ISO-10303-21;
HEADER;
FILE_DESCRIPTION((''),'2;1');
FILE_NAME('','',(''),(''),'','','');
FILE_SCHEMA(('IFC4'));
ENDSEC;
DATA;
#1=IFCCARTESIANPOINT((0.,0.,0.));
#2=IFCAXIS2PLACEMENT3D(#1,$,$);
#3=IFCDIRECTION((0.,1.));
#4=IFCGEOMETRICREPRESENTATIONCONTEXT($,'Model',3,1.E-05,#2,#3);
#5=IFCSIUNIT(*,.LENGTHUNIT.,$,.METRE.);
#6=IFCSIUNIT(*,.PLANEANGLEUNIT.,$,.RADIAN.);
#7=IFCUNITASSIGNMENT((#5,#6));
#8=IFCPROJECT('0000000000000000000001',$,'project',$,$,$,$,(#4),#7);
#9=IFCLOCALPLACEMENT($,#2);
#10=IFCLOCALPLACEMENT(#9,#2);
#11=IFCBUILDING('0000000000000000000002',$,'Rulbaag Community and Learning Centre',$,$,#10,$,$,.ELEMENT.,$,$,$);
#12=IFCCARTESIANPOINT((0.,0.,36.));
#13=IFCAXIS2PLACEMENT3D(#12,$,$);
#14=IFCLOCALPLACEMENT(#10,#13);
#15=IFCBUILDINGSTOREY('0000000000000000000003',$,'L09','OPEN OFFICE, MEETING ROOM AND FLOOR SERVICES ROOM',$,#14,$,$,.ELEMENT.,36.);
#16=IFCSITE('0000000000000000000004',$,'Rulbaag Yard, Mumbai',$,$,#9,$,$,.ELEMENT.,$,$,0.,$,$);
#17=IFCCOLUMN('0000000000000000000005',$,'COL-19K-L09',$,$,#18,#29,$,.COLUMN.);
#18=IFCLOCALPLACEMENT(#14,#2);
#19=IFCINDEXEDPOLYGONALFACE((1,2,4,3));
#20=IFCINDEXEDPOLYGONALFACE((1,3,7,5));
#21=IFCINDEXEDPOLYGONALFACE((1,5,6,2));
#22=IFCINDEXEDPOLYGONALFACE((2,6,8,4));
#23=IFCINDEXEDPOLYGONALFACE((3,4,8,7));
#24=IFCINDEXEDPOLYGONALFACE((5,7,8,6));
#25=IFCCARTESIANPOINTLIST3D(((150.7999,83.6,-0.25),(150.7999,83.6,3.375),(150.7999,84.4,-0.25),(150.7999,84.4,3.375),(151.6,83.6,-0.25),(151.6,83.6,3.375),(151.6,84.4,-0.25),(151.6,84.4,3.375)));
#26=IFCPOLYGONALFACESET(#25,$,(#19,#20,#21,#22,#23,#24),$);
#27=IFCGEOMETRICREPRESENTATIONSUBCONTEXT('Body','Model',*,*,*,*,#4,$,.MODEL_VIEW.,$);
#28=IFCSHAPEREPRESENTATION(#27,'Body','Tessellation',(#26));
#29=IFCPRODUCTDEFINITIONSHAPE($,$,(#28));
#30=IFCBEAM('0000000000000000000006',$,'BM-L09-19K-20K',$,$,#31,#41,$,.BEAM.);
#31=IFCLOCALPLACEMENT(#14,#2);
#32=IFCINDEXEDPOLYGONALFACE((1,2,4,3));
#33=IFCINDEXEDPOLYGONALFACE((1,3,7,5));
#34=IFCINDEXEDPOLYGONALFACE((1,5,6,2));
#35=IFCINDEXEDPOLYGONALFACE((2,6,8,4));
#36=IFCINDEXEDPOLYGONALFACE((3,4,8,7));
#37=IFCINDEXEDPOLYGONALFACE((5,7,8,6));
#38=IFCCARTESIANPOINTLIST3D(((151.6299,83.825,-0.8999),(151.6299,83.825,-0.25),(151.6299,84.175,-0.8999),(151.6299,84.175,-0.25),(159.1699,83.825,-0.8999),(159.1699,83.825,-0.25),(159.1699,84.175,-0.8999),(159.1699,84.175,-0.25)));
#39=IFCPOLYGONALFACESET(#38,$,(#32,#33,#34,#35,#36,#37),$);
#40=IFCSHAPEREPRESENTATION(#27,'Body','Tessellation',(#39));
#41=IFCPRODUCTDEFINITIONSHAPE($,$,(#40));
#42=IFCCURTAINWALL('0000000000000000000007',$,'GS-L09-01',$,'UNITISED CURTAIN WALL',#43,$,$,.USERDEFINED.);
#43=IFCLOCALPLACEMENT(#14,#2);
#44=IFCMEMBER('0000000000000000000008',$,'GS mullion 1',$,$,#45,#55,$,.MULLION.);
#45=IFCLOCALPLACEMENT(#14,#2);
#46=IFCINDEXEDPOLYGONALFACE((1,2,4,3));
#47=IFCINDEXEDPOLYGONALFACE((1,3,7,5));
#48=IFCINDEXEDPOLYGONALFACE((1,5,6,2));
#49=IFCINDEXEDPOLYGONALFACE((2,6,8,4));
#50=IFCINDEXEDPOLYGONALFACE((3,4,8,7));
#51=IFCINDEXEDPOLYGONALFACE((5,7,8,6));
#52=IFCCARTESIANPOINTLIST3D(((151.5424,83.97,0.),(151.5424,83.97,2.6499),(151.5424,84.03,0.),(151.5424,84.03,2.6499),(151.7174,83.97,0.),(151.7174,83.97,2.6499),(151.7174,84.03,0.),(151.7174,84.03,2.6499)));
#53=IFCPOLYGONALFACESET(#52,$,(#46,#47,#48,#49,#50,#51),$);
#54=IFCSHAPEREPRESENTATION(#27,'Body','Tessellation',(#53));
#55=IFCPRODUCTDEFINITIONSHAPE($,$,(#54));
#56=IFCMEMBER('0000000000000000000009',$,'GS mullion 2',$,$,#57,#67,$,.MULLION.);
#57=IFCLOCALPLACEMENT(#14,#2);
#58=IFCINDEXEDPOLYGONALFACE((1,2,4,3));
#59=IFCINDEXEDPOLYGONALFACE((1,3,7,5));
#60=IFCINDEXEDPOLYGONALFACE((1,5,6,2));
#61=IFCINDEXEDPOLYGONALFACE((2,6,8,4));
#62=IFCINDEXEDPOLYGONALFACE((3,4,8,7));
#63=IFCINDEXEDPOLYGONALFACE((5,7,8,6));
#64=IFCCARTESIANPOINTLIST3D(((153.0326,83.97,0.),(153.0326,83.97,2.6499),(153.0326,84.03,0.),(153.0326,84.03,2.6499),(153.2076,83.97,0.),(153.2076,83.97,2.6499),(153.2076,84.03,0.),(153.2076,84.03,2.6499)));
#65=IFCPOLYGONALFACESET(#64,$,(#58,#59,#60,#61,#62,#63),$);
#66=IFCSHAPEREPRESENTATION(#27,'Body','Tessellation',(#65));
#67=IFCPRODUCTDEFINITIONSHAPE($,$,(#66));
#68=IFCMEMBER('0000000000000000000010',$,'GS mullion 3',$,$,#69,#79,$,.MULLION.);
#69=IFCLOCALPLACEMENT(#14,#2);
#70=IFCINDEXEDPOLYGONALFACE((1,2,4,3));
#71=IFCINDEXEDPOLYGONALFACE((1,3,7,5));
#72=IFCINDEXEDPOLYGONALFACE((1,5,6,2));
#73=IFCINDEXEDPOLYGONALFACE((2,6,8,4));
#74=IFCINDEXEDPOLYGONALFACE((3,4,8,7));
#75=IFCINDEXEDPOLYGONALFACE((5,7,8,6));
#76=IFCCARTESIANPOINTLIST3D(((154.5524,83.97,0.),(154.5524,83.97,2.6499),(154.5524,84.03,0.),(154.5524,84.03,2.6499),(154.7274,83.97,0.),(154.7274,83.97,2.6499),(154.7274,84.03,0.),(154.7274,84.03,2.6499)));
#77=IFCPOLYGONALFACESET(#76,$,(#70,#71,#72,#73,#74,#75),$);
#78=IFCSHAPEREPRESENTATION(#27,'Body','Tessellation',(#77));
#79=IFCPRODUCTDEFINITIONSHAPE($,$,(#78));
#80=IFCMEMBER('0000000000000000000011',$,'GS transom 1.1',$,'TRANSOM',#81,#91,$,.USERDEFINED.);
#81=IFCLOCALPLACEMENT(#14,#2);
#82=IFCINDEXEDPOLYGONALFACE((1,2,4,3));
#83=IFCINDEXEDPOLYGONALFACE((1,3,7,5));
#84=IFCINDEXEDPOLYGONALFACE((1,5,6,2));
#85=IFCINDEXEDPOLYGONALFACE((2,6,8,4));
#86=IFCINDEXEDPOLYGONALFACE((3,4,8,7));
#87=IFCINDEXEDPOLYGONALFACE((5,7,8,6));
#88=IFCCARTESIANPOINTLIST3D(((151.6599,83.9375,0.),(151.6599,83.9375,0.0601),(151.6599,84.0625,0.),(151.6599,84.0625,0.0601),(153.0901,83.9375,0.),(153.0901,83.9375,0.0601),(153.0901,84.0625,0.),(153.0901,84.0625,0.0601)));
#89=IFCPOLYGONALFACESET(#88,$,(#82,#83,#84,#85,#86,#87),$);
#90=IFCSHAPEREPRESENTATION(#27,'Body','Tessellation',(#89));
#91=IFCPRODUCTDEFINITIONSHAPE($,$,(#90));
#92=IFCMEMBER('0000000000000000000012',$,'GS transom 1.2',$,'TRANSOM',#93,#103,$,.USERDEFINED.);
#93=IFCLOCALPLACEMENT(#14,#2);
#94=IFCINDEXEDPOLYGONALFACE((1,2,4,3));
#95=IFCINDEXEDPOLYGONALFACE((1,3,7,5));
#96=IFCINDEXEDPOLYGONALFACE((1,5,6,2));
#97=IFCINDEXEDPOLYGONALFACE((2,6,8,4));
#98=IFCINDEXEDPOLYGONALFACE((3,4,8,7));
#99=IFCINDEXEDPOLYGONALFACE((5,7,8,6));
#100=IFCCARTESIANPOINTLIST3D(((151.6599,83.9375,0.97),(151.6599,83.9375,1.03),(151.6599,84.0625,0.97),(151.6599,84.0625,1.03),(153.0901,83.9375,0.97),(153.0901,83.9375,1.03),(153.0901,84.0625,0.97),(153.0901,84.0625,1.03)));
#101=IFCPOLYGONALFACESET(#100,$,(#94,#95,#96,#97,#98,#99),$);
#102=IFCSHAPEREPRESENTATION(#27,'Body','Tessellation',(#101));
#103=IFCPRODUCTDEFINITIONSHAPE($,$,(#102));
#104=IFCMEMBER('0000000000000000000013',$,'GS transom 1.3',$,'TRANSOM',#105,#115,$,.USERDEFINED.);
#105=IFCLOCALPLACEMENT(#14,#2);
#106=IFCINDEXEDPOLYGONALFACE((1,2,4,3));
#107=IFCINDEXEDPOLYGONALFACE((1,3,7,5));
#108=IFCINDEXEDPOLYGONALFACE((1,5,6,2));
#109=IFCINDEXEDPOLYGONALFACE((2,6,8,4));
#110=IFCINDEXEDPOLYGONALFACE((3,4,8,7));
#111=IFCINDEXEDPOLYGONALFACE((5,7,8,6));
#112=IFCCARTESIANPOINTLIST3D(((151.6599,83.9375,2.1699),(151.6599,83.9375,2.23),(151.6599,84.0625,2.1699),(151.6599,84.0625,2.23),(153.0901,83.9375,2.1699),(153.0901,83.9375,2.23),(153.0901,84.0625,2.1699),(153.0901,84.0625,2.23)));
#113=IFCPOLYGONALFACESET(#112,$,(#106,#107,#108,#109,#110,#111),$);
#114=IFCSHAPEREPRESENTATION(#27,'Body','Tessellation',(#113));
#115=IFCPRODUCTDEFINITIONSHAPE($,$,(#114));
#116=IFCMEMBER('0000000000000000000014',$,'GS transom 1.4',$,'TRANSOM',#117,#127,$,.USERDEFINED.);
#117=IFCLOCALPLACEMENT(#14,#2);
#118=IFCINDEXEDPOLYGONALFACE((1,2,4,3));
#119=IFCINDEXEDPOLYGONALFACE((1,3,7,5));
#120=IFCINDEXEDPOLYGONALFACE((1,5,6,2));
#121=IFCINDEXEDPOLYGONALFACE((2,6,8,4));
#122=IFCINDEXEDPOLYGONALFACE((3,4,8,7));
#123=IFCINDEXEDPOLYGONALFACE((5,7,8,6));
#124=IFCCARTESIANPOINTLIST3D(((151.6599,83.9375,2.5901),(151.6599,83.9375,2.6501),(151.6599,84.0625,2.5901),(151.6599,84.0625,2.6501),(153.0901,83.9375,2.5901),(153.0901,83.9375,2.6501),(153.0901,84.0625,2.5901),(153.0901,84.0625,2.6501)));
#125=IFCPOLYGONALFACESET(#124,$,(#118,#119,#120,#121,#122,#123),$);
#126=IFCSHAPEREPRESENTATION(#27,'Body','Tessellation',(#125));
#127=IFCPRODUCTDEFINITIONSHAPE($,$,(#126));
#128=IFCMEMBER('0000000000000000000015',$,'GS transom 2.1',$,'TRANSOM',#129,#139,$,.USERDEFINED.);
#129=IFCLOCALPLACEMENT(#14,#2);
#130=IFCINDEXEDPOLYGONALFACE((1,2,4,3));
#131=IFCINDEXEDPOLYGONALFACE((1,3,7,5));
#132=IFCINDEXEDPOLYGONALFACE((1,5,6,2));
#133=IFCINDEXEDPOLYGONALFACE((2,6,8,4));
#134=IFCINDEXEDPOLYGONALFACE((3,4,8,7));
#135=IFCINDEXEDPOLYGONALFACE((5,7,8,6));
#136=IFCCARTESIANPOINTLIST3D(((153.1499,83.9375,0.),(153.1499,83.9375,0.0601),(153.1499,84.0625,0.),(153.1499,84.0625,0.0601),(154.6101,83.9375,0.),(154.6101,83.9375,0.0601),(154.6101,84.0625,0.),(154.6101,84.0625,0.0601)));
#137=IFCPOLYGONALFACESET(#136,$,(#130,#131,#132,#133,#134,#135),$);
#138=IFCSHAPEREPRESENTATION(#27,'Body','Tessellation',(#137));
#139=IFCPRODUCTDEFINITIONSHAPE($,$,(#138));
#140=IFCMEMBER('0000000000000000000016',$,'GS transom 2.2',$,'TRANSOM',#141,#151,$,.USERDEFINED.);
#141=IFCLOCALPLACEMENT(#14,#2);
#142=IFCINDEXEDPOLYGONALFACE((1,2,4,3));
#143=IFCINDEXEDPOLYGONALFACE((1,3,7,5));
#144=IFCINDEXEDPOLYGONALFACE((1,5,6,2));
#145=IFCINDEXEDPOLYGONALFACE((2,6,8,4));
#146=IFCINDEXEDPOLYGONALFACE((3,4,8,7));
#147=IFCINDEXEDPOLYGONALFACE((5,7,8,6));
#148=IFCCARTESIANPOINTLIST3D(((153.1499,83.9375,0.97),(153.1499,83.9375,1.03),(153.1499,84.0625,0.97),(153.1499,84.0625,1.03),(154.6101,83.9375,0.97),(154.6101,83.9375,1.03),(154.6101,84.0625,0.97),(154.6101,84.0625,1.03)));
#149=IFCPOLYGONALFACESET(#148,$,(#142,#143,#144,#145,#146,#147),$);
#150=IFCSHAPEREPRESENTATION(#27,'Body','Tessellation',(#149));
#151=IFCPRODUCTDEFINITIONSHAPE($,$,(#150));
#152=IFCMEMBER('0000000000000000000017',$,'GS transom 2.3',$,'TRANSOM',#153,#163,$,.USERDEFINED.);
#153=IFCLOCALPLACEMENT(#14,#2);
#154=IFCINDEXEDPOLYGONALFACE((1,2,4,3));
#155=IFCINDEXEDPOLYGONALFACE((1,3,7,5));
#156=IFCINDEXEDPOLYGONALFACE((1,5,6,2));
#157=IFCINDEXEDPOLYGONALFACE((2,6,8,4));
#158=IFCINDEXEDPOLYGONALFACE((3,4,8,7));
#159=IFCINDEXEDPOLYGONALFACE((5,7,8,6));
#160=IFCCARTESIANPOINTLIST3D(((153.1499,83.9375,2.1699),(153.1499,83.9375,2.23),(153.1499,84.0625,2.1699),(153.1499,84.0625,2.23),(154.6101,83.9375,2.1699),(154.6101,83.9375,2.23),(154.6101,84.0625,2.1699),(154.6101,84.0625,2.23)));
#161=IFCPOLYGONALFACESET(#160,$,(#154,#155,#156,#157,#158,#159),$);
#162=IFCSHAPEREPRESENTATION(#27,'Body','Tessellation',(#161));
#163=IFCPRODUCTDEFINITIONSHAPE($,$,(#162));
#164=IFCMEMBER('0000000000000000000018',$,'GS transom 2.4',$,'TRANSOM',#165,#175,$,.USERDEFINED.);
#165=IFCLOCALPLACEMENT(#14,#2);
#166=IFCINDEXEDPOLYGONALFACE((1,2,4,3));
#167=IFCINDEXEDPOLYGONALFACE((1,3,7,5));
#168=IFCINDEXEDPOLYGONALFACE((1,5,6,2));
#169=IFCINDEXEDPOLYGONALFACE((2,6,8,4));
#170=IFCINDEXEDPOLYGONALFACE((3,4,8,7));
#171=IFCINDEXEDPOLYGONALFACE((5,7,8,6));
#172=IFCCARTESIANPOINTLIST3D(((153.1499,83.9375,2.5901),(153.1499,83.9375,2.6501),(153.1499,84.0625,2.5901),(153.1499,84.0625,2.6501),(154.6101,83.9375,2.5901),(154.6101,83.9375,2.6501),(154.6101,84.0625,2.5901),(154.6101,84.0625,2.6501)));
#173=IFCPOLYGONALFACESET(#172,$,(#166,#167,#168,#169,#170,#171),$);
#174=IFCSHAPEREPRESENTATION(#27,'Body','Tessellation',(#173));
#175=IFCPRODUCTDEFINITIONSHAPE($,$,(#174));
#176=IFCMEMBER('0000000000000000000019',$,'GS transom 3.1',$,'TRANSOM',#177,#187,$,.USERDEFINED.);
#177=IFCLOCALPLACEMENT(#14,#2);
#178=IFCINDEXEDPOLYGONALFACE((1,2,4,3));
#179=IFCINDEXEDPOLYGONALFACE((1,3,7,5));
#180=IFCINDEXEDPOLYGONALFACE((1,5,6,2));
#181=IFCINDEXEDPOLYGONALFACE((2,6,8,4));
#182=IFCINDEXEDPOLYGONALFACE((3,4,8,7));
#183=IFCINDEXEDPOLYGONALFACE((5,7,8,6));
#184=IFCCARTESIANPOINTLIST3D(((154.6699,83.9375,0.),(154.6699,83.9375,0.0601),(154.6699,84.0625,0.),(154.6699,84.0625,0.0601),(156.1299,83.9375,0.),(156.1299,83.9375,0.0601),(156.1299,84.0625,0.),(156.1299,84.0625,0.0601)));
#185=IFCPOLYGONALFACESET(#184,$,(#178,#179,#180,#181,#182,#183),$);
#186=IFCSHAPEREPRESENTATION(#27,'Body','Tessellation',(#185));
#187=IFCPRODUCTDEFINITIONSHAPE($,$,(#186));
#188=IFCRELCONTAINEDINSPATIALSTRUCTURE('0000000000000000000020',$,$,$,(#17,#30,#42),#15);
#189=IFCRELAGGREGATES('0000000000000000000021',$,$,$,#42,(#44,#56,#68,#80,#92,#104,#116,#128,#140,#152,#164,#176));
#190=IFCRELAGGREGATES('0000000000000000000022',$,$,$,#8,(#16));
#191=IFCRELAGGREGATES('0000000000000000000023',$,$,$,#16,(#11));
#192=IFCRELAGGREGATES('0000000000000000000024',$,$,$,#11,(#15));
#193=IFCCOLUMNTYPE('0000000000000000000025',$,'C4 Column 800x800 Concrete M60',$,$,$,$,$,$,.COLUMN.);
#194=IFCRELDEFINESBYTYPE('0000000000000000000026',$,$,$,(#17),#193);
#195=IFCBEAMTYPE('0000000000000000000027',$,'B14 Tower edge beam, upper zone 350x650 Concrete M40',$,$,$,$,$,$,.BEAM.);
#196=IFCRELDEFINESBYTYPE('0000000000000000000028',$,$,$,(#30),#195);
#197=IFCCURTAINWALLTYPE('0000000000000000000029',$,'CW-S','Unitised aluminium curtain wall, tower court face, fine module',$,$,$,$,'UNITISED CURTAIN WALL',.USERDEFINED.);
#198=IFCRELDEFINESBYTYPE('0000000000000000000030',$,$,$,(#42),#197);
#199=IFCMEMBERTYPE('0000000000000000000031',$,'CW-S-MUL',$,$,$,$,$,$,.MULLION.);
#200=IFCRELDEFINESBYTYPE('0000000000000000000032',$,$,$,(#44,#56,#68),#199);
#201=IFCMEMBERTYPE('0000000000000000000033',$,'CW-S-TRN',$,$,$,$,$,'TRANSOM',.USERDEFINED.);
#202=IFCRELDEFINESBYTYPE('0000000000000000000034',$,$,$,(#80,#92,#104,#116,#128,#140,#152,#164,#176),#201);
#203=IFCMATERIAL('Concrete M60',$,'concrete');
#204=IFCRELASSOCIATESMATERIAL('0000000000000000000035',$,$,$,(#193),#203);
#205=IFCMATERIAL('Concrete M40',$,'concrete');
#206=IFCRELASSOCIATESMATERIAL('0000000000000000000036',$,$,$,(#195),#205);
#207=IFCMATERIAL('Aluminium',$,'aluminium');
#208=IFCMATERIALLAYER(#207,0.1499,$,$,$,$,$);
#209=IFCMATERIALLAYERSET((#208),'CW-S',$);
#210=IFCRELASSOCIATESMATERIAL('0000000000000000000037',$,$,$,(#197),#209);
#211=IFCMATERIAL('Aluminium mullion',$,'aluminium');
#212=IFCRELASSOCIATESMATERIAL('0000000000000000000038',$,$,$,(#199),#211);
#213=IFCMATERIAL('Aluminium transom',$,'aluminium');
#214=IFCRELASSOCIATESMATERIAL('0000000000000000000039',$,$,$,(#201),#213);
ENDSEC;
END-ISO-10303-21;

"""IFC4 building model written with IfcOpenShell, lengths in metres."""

from ifc_helpers import new_model, si_unit, direction, frame, origin, origin_2d, place, context, subcontext, project, spatial, rectangle, extrude, material, layer, layer_set, material_profile, profile_set, type_object, element, aggregate, save


model = new_model("IFC4")

# Units and contexts
model_context = context("Model", 3, precision=1e-05, world=origin(), true_north=direction((0.0, 1.0)))
body_context = subcontext(model_context, "Body", "Model", "MODEL_VIEW")
ifc_project = project(units=[si_unit("LENGTHUNIT", "METRE"), si_unit("PLANEANGLEUNIT", "RADIAN")], contexts=[model_context])

# Site, building, storey
site_placement = place(None, origin())
site = spatial("IfcSite", under=ifc_project, at=site_placement, Name="Rulbaag Yard, Mumbai", CompositionType="ELEMENT", RefElevation=0.0)
building_placement = place(site_placement, origin())
building = spatial("IfcBuilding", under=site, at=building_placement, Name="Rulbaag Community and Learning Centre", CompositionType="ELEMENT")
storey_placement = place(building_placement, frame((0.0, 0.0, 36.0)))
storey = spatial("IfcBuildingStorey", under=building, at=storey_placement, Name="L09", Description="OPEN OFFICE, MEETING ROOM AND FLOOR SERVICES ROOM", CompositionType="ELEMENT", Elevation=36.0)

# Column
ifc_material_1 = material(Name="Concrete M60", Category="concrete")
ifc_material_profile_1 = material_profile(ifc_material_1, rectangle(XDim=0.8, YDim=0.8, at=origin_2d()), Name="RC800x800")
ifc_profile_set_1 = profile_set([ifc_material_profile_1], Name="Concrete M60")
column_type = type_object("IfcColumnType", Name="C4 Column 800x800 Concrete M60", PredefinedType="COLUMN", material=ifc_profile_set_1)
column_placement = place(storey_placement, frame((151.2, 84.0, -0.25), z_axis=(0.0, 0.0, 1.0), x_axis=(1.0, 0.0, 0.0)))
element("IfcColumn", 1, at=column_placement, inside=storey, type_object=column_type, Name="COL-19K-L09", PredefinedType="COLUMN", context=body_context, shape_type="SweptSolid", body=[
    extrude(rectangle(XDim=0.8, YDim=0.8, at=origin_2d()), origin(), (0.0, 0.0, 1.0), 3.625),
])

# Beam
ifc_material_2 = material(Name="Concrete M40", Category="concrete")
ifc_material_profile_2 = material_profile(ifc_material_2, rectangle(XDim=0.3501, YDim=0.6499, at=origin_2d()), Name="RB350x650")
ifc_profile_set_2 = profile_set([ifc_material_profile_2], Name="Concrete M40")
beam_type = type_object("IfcBeamType", Name="B14 Tower edge beam, upper zone 350x650 Concrete M40", PredefinedType="BEAM", material=ifc_profile_set_2)
beam_placement = place(storey_placement, frame((151.6299, 84.0, -0.575), z_axis=(1.0, 0.0, 0.0), x_axis=(0.0, 1.0, 0.0)))
element("IfcBeam", 2, at=beam_placement, inside=storey, type_object=beam_type, Name="BM-L09-19K-20K", PredefinedType="BEAM", context=body_context, shape_type="SweptSolid", body=[
    extrude(rectangle(XDim=0.3501, YDim=0.6499, at=origin_2d()), origin(), (0.0, 0.0, 1.0), 7.54),
])

# Curtain wall, members
ifc_material_3 = material(Name="Aluminium", Category="aluminium")
ifc_layer_1 = layer(ifc_material_3, 0.1499)
ifc_layer_set_1 = layer_set([ifc_layer_1], Name="CW-S")
curtain_wall_type = type_object("IfcCurtainWallType", Name="CW-S", Description="Unitised aluminium curtain wall, tower court face, fine module", ElementType="UNITISED CURTAIN WALL", PredefinedType="USERDEFINED", material=ifc_layer_set_1)
curtain_wall_placement = place(storey_placement, origin())
curtain_wall = element("IfcCurtainWall", 3, at=curtain_wall_placement, inside=storey, type_object=curtain_wall_type, Name="GS-L09-01", ObjectType="UNITISED CURTAIN WALL", PredefinedType="USERDEFINED")
ifc_material_4 = material(Name="Aluminium mullion", Category="aluminium")
ifc_material_profile_3 = material_profile(ifc_material_4, rectangle(XDim=0.0601, YDim=0.175, at=origin_2d()), Name="AL 60x175")
ifc_profile_set_3 = profile_set([ifc_material_profile_3], Name="Aluminium mullion")
member_type_1 = type_object("IfcMemberType", Name="CW-S-MUL", PredefinedType="MULLION", material=ifc_profile_set_3)
member_1_placement = place(storey_placement, frame((151.6299, 84.0, 0.0), z_axis=(0.0, 0.0, 1.0), x_axis=(0.0, 1.0, 0.0)))
member_1 = element("IfcMember", 4, at=member_1_placement, type_object=member_type_1, Name="GS mullion 1", PredefinedType="MULLION", context=body_context, shape_type="SweptSolid", body=[
    extrude(rectangle(XDim=0.0601, YDim=0.175, at=origin_2d()), origin(), (0.0, 0.0, 1.0), 2.6499),
])
member_2_placement = place(storey_placement, frame((153.1201, 84.0, 0.0), z_axis=(0.0, 0.0, 1.0), x_axis=(0.0, 1.0, 0.0)))
member_2 = element("IfcMember", 5, at=member_2_placement, type_object=member_type_1, Name="GS mullion 2", PredefinedType="MULLION", context=body_context, shape_type="SweptSolid", body=[
    extrude(rectangle(XDim=0.0601, YDim=0.175, at=origin_2d()), origin(), (0.0, 0.0, 1.0), 2.6499),
])
member_3_placement = place(storey_placement, frame((154.6399, 84.0, 0.0), z_axis=(0.0, 0.0, 1.0), x_axis=(0.0, 1.0, 0.0)))
member_3 = element("IfcMember", 6, at=member_3_placement, type_object=member_type_1, Name="GS mullion 3", PredefinedType="MULLION", context=body_context, shape_type="SweptSolid", body=[
    extrude(rectangle(XDim=0.0601, YDim=0.175, at=origin_2d()), origin(), (0.0, 0.0, 1.0), 2.6499),
])
ifc_material_5 = material(Name="Aluminium transom", Category="aluminium")
ifc_material_profile_4 = material_profile(ifc_material_5, rectangle(XDim=0.125, YDim=0.0601, at=origin_2d()), Name="AL 60x125 T")
ifc_profile_set_4 = profile_set([ifc_material_profile_4], Name="Aluminium transom")
member_type_2 = type_object("IfcMemberType", Name="CW-S-TRN", ElementType="TRANSOM", PredefinedType="USERDEFINED", material=ifc_profile_set_4)
member_4_placement = place(storey_placement, frame((151.6599, 84.0, 0.03), z_axis=(1.0, 0.0, 0.0), x_axis=(0.0, 1.0, 0.0)))
member_4 = element("IfcMember", 7, at=member_4_placement, type_object=member_type_2, Name="GS transom 1.1", ObjectType="TRANSOM", PredefinedType="USERDEFINED", context=body_context, shape_type="SweptSolid", body=[
    extrude(rectangle(XDim=0.125, YDim=0.0601, at=origin_2d()), origin(), (0.0, 0.0, 1.0), 1.4302),
])
member_5_placement = place(storey_placement, frame((151.6599, 84.0, 1.0), z_axis=(1.0, 0.0, 0.0), x_axis=(0.0, 1.0, 0.0)))
member_5 = element("IfcMember", 8, at=member_5_placement, type_object=member_type_2, Name="GS transom 1.2", ObjectType="TRANSOM", PredefinedType="USERDEFINED", context=body_context, shape_type="SweptSolid", body=[
    extrude(rectangle(XDim=0.125, YDim=0.0601, at=origin_2d()), origin(), (0.0, 0.0, 1.0), 1.4302),
])
member_6_placement = place(storey_placement, frame((151.6599, 84.0, 2.2), z_axis=(1.0, 0.0, 0.0), x_axis=(0.0, 1.0, 0.0)))
member_6 = element("IfcMember", 9, at=member_6_placement, type_object=member_type_2, Name="GS transom 1.3", ObjectType="TRANSOM", PredefinedType="USERDEFINED", context=body_context, shape_type="SweptSolid", body=[
    extrude(rectangle(XDim=0.125, YDim=0.0601, at=origin_2d()), origin(), (0.0, 0.0, 1.0), 1.4302),
])
member_7_placement = place(storey_placement, frame((151.6599, 84.0, 2.6201), z_axis=(1.0, 0.0, 0.0), x_axis=(0.0, 1.0, 0.0)))
member_7 = element("IfcMember", 10, at=member_7_placement, type_object=member_type_2, Name="GS transom 1.4", ObjectType="TRANSOM", PredefinedType="USERDEFINED", context=body_context, shape_type="SweptSolid", body=[
    extrude(rectangle(XDim=0.125, YDim=0.0601, at=origin_2d()), origin(), (0.0, 0.0, 1.0), 1.4302),
])
member_8_placement = place(storey_placement, frame((153.1499, 84.0, 0.03), z_axis=(1.0, 0.0, 0.0), x_axis=(0.0, 1.0, 0.0)))
member_8 = element("IfcMember", 11, at=member_8_placement, type_object=member_type_2, Name="GS transom 2.1", ObjectType="TRANSOM", PredefinedType="USERDEFINED", context=body_context, shape_type="SweptSolid", body=[
    extrude(rectangle(XDim=0.125, YDim=0.0601, at=origin_2d()), origin(), (0.0, 0.0, 1.0), 1.4602),
])
member_9_placement = place(storey_placement, frame((153.1499, 84.0, 1.0), z_axis=(1.0, 0.0, 0.0), x_axis=(0.0, 1.0, 0.0)))
member_9 = element("IfcMember", 12, at=member_9_placement, type_object=member_type_2, Name="GS transom 2.2", ObjectType="TRANSOM", PredefinedType="USERDEFINED", context=body_context, shape_type="SweptSolid", body=[
    extrude(rectangle(XDim=0.125, YDim=0.0601, at=origin_2d()), origin(), (0.0, 0.0, 1.0), 1.4602),
])
member_10_placement = place(storey_placement, frame((153.1499, 84.0, 2.2), z_axis=(1.0, 0.0, 0.0), x_axis=(0.0, 1.0, 0.0)))
member_10 = element("IfcMember", 13, at=member_10_placement, type_object=member_type_2, Name="GS transom 2.3", ObjectType="TRANSOM", PredefinedType="USERDEFINED", context=body_context, shape_type="SweptSolid", body=[
    extrude(rectangle(XDim=0.125, YDim=0.0601, at=origin_2d()), origin(), (0.0, 0.0, 1.0), 1.4602),
])
member_11_placement = place(storey_placement, frame((153.1499, 84.0, 2.6201), z_axis=(1.0, 0.0, 0.0), x_axis=(0.0, 1.0, 0.0)))
member_11 = element("IfcMember", 14, at=member_11_placement, type_object=member_type_2, Name="GS transom 2.4", ObjectType="TRANSOM", PredefinedType="USERDEFINED", context=body_context, shape_type="SweptSolid", body=[
    extrude(rectangle(XDim=0.125, YDim=0.0601, at=origin_2d()), origin(), (0.0, 0.0, 1.0), 1.4602),
])
member_12_placement = place(storey_placement, frame((154.6699, 84.0, 0.03), z_axis=(1.0, 0.0, 0.0), x_axis=(0.0, 1.0, 0.0)))
member_12 = element("IfcMember", 15, at=member_12_placement, type_object=member_type_2, Name="GS transom 3.1", ObjectType="TRANSOM", PredefinedType="USERDEFINED", context=body_context, shape_type="SweptSolid", body=[
    extrude(rectangle(XDim=0.125, YDim=0.0601, at=origin_2d()), origin(), (0.0, 0.0, 1.0), 1.46),
])
aggregate(curtain_wall, [member_1, member_2, member_3, member_4, member_5, member_6, member_7, member_8, member_9, member_10, member_11, member_12])

save(model, "model.ifc")
